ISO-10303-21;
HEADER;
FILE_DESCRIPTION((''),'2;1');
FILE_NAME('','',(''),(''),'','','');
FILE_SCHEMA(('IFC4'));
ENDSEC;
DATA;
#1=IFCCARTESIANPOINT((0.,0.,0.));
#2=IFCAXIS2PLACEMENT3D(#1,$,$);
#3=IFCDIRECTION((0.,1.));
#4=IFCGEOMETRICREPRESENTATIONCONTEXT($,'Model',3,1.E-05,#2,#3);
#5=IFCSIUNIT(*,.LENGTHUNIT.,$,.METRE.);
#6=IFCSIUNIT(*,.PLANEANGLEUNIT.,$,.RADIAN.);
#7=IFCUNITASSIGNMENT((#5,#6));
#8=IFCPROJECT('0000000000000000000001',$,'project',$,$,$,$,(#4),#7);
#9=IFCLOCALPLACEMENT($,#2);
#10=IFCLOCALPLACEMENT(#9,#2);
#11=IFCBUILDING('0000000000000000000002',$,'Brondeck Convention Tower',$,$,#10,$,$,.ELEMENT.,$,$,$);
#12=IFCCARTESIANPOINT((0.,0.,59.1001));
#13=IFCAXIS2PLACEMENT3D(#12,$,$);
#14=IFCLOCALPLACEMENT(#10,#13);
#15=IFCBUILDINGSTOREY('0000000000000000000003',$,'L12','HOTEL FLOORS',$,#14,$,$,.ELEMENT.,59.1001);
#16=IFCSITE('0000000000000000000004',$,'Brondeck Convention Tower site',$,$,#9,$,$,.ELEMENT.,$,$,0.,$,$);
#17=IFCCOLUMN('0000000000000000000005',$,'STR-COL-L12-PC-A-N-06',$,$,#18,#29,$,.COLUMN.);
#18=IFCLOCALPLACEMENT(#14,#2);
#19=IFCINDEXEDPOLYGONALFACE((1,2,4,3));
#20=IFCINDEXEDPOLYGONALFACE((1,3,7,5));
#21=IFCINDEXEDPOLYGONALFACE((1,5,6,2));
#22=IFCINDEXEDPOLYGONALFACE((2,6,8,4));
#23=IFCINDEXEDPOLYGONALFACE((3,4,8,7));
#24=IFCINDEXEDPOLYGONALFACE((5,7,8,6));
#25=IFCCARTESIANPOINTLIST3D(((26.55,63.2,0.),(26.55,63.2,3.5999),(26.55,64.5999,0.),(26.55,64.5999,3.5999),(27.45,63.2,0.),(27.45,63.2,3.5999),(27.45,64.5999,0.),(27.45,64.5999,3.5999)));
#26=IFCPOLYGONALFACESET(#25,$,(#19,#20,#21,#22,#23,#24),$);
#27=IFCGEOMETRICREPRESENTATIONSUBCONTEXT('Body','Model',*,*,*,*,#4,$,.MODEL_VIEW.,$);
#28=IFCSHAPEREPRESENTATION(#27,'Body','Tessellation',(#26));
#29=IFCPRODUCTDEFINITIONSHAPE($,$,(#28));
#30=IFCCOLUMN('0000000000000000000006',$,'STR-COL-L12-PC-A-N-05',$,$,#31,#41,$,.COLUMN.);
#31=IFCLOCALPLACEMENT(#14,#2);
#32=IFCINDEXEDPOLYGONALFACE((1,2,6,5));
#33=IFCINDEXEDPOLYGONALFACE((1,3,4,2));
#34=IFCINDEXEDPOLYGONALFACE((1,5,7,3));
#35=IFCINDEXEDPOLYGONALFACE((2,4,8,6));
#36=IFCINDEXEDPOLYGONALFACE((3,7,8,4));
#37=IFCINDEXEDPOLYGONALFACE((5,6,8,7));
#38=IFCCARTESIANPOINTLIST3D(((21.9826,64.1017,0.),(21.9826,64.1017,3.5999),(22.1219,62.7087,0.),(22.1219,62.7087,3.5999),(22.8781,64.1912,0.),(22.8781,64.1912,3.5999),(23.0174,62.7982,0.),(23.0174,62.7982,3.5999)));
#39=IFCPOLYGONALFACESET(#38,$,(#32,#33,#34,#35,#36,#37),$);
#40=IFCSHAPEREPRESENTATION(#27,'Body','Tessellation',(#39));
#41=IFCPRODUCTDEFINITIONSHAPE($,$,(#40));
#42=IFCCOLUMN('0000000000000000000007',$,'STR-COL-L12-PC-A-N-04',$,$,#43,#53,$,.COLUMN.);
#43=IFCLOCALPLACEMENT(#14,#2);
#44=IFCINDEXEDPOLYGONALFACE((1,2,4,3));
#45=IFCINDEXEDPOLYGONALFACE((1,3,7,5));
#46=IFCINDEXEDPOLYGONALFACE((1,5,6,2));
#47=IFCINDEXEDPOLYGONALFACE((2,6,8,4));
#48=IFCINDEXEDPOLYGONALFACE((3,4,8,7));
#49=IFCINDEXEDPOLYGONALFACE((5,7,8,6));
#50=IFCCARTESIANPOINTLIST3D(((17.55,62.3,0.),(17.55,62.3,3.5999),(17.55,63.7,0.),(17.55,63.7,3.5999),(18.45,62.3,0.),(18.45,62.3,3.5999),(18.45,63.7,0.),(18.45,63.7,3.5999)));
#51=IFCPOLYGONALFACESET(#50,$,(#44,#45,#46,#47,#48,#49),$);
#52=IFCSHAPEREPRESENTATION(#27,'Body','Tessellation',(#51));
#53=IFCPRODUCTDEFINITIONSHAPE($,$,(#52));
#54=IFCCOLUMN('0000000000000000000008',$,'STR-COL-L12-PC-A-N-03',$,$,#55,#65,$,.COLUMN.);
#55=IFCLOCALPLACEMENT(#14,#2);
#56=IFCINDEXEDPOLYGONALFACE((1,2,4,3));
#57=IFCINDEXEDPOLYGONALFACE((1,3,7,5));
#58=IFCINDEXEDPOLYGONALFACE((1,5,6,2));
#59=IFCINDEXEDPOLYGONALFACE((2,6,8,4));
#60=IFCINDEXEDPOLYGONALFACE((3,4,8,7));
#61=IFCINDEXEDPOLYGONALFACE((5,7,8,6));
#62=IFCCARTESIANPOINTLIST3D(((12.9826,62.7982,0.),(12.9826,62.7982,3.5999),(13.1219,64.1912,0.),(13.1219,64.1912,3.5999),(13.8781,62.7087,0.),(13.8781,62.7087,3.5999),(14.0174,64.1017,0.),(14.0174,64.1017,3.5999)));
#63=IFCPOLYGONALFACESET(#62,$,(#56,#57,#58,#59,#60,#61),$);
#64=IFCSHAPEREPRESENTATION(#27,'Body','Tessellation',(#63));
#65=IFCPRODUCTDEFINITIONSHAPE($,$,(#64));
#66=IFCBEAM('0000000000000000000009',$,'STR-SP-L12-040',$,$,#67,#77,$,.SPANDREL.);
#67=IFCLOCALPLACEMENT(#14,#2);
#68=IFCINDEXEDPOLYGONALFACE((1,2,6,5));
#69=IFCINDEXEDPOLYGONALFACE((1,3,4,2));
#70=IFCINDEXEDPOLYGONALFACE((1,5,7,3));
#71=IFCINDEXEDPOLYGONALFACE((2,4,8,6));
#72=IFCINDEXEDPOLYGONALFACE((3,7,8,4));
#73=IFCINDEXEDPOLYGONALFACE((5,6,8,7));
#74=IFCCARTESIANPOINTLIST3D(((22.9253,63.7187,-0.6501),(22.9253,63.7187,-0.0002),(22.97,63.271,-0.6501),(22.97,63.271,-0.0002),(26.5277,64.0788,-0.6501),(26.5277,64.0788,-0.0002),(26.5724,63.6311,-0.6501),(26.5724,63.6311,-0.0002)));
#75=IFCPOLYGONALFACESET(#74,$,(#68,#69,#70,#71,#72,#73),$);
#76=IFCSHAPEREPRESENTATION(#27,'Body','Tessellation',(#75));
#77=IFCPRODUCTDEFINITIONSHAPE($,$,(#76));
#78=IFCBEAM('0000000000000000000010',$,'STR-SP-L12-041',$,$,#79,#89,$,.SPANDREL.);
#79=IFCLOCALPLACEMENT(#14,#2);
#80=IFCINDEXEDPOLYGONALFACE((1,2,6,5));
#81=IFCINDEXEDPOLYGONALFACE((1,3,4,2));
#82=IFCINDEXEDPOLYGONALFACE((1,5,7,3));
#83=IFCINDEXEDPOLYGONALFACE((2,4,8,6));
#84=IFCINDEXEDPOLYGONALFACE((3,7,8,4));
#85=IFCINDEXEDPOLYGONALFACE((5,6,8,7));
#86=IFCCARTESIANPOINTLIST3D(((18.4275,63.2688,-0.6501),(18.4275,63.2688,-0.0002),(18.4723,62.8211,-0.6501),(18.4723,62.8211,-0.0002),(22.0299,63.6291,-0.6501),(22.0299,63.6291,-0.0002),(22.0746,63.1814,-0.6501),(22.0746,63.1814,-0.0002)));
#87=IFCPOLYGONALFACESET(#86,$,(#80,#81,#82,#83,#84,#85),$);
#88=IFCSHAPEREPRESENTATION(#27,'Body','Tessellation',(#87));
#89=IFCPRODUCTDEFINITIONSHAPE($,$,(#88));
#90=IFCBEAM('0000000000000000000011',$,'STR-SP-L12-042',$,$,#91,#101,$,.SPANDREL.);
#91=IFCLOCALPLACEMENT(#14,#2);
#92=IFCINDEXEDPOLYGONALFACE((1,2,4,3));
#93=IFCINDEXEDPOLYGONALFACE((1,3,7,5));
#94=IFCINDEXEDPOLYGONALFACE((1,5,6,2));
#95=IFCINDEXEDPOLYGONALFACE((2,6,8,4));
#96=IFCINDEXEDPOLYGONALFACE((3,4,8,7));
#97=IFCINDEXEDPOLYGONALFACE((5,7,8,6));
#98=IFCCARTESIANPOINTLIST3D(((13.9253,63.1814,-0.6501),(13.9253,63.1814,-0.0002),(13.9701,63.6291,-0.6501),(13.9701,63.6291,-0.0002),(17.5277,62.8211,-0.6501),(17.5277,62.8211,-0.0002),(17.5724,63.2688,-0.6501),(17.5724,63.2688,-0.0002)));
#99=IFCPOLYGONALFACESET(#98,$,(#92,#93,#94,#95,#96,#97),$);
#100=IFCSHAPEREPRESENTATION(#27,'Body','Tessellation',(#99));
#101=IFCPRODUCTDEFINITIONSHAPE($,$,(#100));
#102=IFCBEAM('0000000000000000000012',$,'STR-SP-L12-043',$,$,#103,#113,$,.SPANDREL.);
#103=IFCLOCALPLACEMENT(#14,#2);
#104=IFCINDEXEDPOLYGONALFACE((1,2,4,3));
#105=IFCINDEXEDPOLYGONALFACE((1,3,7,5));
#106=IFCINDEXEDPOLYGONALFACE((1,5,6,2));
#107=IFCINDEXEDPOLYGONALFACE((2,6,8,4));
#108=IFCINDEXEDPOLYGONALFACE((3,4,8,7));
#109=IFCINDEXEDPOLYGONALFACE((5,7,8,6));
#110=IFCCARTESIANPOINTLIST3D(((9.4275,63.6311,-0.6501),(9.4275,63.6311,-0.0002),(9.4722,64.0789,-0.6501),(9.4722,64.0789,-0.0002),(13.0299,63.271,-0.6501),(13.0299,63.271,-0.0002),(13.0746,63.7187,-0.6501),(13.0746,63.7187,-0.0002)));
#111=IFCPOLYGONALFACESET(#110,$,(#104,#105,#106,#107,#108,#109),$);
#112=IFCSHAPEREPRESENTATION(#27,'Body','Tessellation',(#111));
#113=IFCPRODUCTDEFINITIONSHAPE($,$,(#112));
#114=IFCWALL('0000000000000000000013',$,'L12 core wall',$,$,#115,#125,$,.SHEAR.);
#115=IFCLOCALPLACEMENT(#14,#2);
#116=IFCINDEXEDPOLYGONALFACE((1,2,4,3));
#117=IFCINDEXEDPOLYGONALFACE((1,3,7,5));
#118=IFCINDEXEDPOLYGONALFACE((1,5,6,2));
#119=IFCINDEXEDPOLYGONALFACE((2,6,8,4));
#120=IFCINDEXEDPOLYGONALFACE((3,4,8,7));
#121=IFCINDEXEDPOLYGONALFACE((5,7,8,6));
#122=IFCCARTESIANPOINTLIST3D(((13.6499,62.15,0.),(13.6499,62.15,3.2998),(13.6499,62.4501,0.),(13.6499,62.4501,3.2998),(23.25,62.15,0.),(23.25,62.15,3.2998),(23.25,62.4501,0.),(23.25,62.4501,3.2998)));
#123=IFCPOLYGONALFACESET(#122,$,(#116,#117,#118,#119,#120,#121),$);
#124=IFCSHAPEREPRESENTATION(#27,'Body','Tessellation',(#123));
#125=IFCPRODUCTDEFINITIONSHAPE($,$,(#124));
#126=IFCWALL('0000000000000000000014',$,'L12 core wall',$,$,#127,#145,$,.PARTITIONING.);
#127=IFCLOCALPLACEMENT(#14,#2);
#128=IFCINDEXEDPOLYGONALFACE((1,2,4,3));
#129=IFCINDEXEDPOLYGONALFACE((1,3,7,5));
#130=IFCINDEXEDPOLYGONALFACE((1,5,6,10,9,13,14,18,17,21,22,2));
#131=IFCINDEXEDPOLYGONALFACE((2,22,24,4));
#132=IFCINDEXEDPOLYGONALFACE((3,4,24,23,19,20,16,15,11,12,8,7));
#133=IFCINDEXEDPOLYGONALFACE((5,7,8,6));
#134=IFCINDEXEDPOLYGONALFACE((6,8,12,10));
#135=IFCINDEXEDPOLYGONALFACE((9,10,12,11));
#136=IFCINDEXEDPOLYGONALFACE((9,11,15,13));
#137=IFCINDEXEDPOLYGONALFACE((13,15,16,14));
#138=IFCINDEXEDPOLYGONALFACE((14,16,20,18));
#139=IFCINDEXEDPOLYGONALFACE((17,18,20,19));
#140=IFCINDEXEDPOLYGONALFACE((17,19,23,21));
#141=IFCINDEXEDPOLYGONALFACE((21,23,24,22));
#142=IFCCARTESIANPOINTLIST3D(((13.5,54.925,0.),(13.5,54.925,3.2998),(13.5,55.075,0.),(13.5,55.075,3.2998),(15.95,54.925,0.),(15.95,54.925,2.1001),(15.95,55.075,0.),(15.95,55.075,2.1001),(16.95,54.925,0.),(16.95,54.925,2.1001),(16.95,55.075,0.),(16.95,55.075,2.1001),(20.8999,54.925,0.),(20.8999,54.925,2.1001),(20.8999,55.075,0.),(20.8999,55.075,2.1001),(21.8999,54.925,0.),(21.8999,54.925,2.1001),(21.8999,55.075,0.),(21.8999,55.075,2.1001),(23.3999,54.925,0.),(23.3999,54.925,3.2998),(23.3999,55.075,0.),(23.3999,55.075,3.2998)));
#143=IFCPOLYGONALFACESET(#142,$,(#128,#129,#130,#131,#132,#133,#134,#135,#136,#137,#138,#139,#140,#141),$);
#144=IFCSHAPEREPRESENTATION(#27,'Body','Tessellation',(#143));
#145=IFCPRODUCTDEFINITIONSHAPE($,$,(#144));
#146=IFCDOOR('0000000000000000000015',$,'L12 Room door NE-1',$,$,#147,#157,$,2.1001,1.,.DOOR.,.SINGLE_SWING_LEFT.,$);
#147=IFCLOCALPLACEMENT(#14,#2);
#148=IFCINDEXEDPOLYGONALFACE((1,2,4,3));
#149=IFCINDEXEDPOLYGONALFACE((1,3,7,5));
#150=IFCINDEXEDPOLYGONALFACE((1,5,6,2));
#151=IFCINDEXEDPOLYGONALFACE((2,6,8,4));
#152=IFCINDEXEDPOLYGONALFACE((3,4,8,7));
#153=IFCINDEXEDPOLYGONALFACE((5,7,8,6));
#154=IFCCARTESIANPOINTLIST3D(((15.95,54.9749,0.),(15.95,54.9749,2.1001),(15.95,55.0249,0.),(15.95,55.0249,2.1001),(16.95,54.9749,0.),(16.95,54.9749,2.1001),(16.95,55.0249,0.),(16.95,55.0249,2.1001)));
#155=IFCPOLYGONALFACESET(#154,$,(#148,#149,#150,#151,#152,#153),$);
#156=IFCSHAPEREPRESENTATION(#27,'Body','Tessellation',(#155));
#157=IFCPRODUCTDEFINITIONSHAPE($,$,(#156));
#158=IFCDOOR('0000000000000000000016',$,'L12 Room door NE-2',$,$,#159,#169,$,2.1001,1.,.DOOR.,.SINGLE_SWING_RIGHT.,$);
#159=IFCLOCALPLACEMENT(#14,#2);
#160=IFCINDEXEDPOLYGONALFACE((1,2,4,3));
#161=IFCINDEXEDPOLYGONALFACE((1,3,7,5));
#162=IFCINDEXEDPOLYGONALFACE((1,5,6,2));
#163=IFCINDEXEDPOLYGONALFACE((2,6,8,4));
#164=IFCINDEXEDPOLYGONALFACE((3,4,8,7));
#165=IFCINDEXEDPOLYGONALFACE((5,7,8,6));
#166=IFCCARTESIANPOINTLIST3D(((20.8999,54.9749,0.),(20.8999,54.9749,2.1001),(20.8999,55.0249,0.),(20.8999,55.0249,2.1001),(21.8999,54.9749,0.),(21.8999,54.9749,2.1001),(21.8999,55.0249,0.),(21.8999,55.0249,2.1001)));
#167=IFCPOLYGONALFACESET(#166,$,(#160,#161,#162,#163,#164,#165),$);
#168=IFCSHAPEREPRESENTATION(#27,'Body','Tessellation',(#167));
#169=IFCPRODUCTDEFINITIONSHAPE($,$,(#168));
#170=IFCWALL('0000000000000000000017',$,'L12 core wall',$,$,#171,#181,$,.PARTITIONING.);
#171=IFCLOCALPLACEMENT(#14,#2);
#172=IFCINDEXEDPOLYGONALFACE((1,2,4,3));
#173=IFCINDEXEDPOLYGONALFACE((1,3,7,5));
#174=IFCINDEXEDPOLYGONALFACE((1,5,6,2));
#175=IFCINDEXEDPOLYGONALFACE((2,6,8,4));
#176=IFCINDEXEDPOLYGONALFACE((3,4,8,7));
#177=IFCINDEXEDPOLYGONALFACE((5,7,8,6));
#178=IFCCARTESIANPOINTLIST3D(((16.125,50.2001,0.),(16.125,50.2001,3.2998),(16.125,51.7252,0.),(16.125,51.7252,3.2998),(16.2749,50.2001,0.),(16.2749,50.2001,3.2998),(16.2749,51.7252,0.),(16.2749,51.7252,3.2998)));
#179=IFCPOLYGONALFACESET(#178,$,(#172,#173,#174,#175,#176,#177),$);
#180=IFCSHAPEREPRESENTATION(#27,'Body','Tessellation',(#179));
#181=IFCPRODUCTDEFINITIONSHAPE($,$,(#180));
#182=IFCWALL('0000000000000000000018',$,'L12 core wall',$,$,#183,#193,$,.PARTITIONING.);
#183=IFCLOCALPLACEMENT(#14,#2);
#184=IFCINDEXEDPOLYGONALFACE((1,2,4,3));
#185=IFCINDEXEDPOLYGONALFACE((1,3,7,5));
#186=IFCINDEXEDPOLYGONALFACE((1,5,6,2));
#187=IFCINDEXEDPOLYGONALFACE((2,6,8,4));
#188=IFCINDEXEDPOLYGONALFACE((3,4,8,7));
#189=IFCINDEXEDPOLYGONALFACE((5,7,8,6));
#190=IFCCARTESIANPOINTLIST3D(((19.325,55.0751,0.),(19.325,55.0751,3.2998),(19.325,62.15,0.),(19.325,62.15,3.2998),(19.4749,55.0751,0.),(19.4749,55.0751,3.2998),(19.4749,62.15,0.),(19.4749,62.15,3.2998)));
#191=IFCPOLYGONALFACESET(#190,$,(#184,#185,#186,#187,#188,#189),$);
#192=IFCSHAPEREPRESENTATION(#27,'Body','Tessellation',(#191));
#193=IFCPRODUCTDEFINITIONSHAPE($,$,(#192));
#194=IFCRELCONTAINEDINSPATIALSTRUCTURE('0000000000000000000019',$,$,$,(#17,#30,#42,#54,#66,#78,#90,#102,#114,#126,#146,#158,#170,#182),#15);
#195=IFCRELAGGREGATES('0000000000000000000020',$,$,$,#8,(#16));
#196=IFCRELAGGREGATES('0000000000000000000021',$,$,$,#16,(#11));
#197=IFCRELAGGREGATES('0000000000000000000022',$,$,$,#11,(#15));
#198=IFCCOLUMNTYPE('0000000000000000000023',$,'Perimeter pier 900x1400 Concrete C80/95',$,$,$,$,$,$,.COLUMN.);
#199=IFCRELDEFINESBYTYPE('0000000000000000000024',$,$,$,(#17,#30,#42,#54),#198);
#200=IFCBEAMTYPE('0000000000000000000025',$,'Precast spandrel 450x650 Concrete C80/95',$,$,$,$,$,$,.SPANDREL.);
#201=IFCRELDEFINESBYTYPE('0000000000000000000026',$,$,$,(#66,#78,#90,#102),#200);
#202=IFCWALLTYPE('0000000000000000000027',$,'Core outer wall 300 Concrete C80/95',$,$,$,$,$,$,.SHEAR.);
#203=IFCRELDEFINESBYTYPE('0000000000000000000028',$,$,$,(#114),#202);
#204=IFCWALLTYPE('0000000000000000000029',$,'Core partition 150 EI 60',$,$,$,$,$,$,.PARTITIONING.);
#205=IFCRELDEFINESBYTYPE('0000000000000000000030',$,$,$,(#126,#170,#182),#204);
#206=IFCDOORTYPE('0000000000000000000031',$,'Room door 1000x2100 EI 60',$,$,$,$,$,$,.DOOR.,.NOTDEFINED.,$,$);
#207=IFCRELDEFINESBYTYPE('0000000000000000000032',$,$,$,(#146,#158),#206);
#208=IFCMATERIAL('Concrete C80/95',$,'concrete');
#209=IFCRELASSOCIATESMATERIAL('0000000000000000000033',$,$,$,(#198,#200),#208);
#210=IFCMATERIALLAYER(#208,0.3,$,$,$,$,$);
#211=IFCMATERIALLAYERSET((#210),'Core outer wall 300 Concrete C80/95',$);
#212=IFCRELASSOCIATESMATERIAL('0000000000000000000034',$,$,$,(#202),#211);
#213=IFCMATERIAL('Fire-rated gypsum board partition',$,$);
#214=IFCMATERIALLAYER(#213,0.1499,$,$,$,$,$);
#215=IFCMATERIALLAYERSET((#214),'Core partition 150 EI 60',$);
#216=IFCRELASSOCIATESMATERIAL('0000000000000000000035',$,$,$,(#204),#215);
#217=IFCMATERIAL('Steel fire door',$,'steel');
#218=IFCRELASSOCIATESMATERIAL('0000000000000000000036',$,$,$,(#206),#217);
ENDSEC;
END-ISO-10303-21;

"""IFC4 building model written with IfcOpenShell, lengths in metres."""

from ifc_helpers import new_model, si_unit, direction, frame, frame_2d, origin, origin_2d, place, context, subcontext, project, spatial, rectangle, extrude, material, layer, layer_set, material_profile, profile_set, type_object, element, fill, save


model = new_model("IFC4")

# Units and contexts
model_context = context("Model", 3, precision=1e-05, world=origin(), true_north=direction((0.0, 1.0)))
body_context = subcontext(model_context, "Body", "Model", "MODEL_VIEW")
ifc_project = project(units=[si_unit("LENGTHUNIT", "METRE"), si_unit("PLANEANGLEUNIT", "RADIAN")], contexts=[model_context])

# Site, building, storey
site_placement = place(None, origin())
site = spatial("IfcSite", under=ifc_project, at=site_placement, Name="Brondeck Convention Tower site", CompositionType="ELEMENT", RefElevation=0.0)
building_placement = place(site_placement, origin())
building = spatial("IfcBuilding", under=site, at=building_placement, Name="Brondeck Convention Tower", CompositionType="ELEMENT")
storey_placement = place(building_placement, frame((0.0, 0.0, 59.1001)))
storey = spatial("IfcBuildingStorey", under=building, at=storey_placement, Name="L12", Description="HOTEL FLOORS", CompositionType="ELEMENT", Elevation=59.1001)

# Columns
ifc_material_1 = material(Name="Concrete C80/95", Category="concrete")
ifc_material_profile_1 = material_profile(ifc_material_1, rectangle(XDim=0.8999, YDim=1.3999, at=origin_2d()), Name="Perimeter pier 900x1400 Concrete C80/95")
ifc_profile_set_1 = profile_set([ifc_material_profile_1], Name="Concrete C80/95")
column_type = type_object("IfcColumnType", Name="Perimeter pier 900x1400 Concrete C80/95", PredefinedType="COLUMN", material=ifc_profile_set_1)
for number, where, z_axis, x_axis, name in (
    (1, (27.0, 63.8999, 0.0), (0.0, 0.0, 1.0), (-1.0, 0.0, 0.0), "STR-COL-L12-PC-A-N-06"),
    (2, (22.5, 63.45, 0.0), (0.0, 0.0, 1.0), (-0.995037, -0.099504, 0.0), "STR-COL-L12-PC-A-N-05"),
    (3, (18.0, 63.0, 0.0), (0.0, 0.0, 1.0), (-1.0, 0.0, 0.0), "STR-COL-L12-PC-A-N-04"),
    (4, (13.5, 63.45, 0.0), (0.0, 0.0, 1.0), (-0.995037, 0.099504, 0.0), "STR-COL-L12-PC-A-N-03"),
):
    element("IfcColumn", number, at=place(storey_placement, frame(where, z_axis=z_axis, x_axis=x_axis)), inside=storey, type_object=column_type, Name=name, PredefinedType="COLUMN", context=body_context, shape_type="SweptSolid", body=[
        extrude(rectangle(XDim=0.8999, YDim=1.3999, at=origin_2d()), origin(), (0.0, 0.0, 1.0), 3.5999),
    ])

# Beams
ifc_material_profile_2 = material_profile(ifc_material_1, rectangle(XDim=0.45, YDim=0.6499, at=origin_2d()), Name="Precast spandrel 450x650 Concrete C80/95")
ifc_profile_set_2 = profile_set([ifc_material_profile_2], Name="Concrete C80/95")
beam_type = type_object("IfcBeamType", Name="Precast spandrel 450x650 Concrete C80/95", PredefinedType="SPANDREL", material=ifc_profile_set_2)
for number, where, z_axis, x_axis, name in (
    (5, (26.55, 63.855, -0.3252), (-0.995041, -0.09947, 0.0), (0.09947, -0.995041, 0.0), "STR-SP-L12-040"),
    (6, (22.0522, 63.4053, -0.3252), (-0.995034, -0.099537, 0.0), (0.099537, -0.995034, 0.0), "STR-SP-L12-041"),
    (7, (17.55, 63.0449, -0.3252), (-0.995034, 0.099537, 0.0), (-0.099537, -0.995034, 0.0), "STR-SP-L12-042"),
    (8, (13.0522, 63.4949, -0.3252), (-0.995041, 0.09947, 0.0), (-0.09947, -0.995041, 0.0), "STR-SP-L12-043"),
):
    element("IfcBeam", number, at=place(storey_placement, frame(where, z_axis=z_axis, x_axis=x_axis)), inside=storey, type_object=beam_type, Name=name, PredefinedType="SPANDREL", context=body_context, shape_type="SweptSolid", body=[
        extrude(rectangle(XDim=0.45, YDim=0.6499, at=origin_2d()), origin(), (0.0, 0.0, 1.0), 3.6204),
    ])

# Wall
ifc_layer_1 = layer(ifc_material_1, 0.3)
ifc_layer_set_1 = layer_set([ifc_layer_1], Name="Core outer wall 300 Concrete C80/95")
wall_type_1 = type_object("IfcWallType", Name="Core outer wall 300 Concrete C80/95", PredefinedType="SHEAR", material=ifc_layer_set_1)
wall_1_placement = place(storey_placement, frame((13.6499, 62.3, 0.0), z_axis=(0.0, 0.0, 1.0), x_axis=(1.0, 0.0, 0.0)))
element("IfcWall", 9, at=wall_1_placement, inside=storey, type_object=wall_type_1, Name="L12 core wall", PredefinedType="SHEAR", context=body_context, shape_type="SweptSolid", body=[
    extrude(rectangle(XDim=9.6001, YDim=0.3, at=frame_2d((4.8, 0.0))), origin(), (0.0, 0.0, 1.0), 3.2998),
])

# Wall, openings, doors
ifc_material_2 = material(Name="Fire-rated gypsum board partition")
ifc_layer_2 = layer(ifc_material_2, 0.1499)
ifc_layer_set_2 = layer_set([ifc_layer_2], Name="Core partition 150 EI 60")
wall_type_2 = type_object("IfcWallType", Name="Core partition 150 EI 60", PredefinedType="PARTITIONING", material=ifc_layer_set_2)
wall_2_placement = place(storey_placement, frame((13.5, 55.0, 0.0), z_axis=(0.0, 0.0, 1.0), x_axis=(1.0, 0.0, 0.0)))
wall_2 = element("IfcWall", 10, at=wall_2_placement, inside=storey, type_object=wall_type_2, Name="L12 core wall", PredefinedType="PARTITIONING", context=body_context, shape_type="SweptSolid", body=[
    extrude(rectangle(XDim=9.8999, YDim=0.1499, at=frame_2d((4.95, 0.0))), origin(), (0.0, 0.0, 1.0), 3.2998),
])
opening_1_placement = place(wall_2_placement, frame((2.45, 0.0, 0.0)))
opening_1 = element("IfcOpeningElement", 11, at=opening_1_placement, cuts=wall_2, PredefinedType="OPENING", context=body_context, shape_type="SweptSolid", body=[
    extrude(rectangle(XDim=1.0, YDim=2.1001, at=frame_2d((0.5, 1.05))), frame((0.0, 0.085, 0.0), z_axis=(0.0, -1.0, 0.0), x_axis=(1.0, 0.0, 0.0)), (0.0, 0.0, 1.0), 0.1699),
])
opening_2_placement = place(wall_2_placement, frame((7.3999, 0.0, 0.0)))
opening_2 = element("IfcOpeningElement", 12, at=opening_2_placement, cuts=wall_2, PredefinedType="OPENING", context=body_context, shape_type="SweptSolid", body=[
    extrude(rectangle(XDim=1.0, YDim=2.1001, at=frame_2d((0.5, 1.05))), frame((0.0, 0.085, 0.0), z_axis=(0.0, -1.0, 0.0), x_axis=(1.0, 0.0, 0.0)), (0.0, 0.0, 1.0), 0.1699),
])
ifc_material_3 = material(Name="Steel fire door", Category="steel")
door_type_1 = type_object("IfcDoorType", Name="Room door 1000x2100 EI 60", OperationType="NOTDEFINED", PredefinedType="DOOR", material=ifc_material_3)
door_1_placement = place(opening_1_placement, origin())
door_1 = element("IfcDoor", 13, at=door_1_placement, inside=storey, type_object=door_type_1, Name="L12 Room door NE-1", OperationType="SINGLE_SWING_LEFT", OverallHeight=2.1001, OverallWidth=1.0, PredefinedType="DOOR", context=body_context, shape_type="SweptSolid", body=[
    extrude(rectangle(XDim=1.0, YDim=2.1001, at=frame_2d((0.5, 1.05))), frame((0.0, 0.0249, 0.0), z_axis=(0.0, -1.0, 0.0), x_axis=(1.0, 0.0, 0.0)), (0.0, 0.0, 1.0), 0.05),
])
fill(opening_1, door_1)
door_2_placement = place(opening_2_placement, origin())
door_2 = element("IfcDoor", 14, at=door_2_placement, inside=storey, type_object=door_type_1, Name="L12 Room door NE-2", OperationType="SINGLE_SWING_RIGHT", OverallHeight=2.1001, OverallWidth=1.0, PredefinedType="DOOR", context=body_context, shape_type="SweptSolid", body=[
    extrude(rectangle(XDim=1.0, YDim=2.1001, at=frame_2d((0.5, 1.05))), frame((0.0, 0.0249, 0.0), z_axis=(0.0, -1.0, 0.0), x_axis=(1.0, 0.0, 0.0)), (0.0, 0.0, 1.0), 0.05),
])
fill(opening_2, door_2)

# Walls
wall_3_placement = place(storey_placement, frame((16.2, 50.2, 0.0), z_axis=(0.0, 0.0, 1.0), x_axis=(0.0, 1.0, 0.0)))
element("IfcWall", 15, at=wall_3_placement, inside=storey, type_object=wall_type_2, Name="L12 core wall", PredefinedType="PARTITIONING", context=body_context, shape_type="SweptSolid", body=[
    extrude(rectangle(XDim=1.5251, YDim=0.1499, at=frame_2d((0.7627, 0.0))), origin(), (0.0, 0.0, 1.0), 3.2998),
])
wall_4_placement = place(storey_placement, frame((19.3999, 55.075, 0.0), z_axis=(0.0, 0.0, 1.0), x_axis=(0.0, 1.0, 0.0)))
element("IfcWall", 16, at=wall_4_placement, inside=storey, type_object=wall_type_2, Name="L12 core wall", PredefinedType="PARTITIONING", context=body_context, shape_type="SweptSolid", body=[
    extrude(rectangle(XDim=7.075, YDim=0.1499, at=frame_2d((3.5376, 0.0))), origin(), (0.0, 0.0, 1.0), 3.2998),
])

save(model, "model.ifc")
